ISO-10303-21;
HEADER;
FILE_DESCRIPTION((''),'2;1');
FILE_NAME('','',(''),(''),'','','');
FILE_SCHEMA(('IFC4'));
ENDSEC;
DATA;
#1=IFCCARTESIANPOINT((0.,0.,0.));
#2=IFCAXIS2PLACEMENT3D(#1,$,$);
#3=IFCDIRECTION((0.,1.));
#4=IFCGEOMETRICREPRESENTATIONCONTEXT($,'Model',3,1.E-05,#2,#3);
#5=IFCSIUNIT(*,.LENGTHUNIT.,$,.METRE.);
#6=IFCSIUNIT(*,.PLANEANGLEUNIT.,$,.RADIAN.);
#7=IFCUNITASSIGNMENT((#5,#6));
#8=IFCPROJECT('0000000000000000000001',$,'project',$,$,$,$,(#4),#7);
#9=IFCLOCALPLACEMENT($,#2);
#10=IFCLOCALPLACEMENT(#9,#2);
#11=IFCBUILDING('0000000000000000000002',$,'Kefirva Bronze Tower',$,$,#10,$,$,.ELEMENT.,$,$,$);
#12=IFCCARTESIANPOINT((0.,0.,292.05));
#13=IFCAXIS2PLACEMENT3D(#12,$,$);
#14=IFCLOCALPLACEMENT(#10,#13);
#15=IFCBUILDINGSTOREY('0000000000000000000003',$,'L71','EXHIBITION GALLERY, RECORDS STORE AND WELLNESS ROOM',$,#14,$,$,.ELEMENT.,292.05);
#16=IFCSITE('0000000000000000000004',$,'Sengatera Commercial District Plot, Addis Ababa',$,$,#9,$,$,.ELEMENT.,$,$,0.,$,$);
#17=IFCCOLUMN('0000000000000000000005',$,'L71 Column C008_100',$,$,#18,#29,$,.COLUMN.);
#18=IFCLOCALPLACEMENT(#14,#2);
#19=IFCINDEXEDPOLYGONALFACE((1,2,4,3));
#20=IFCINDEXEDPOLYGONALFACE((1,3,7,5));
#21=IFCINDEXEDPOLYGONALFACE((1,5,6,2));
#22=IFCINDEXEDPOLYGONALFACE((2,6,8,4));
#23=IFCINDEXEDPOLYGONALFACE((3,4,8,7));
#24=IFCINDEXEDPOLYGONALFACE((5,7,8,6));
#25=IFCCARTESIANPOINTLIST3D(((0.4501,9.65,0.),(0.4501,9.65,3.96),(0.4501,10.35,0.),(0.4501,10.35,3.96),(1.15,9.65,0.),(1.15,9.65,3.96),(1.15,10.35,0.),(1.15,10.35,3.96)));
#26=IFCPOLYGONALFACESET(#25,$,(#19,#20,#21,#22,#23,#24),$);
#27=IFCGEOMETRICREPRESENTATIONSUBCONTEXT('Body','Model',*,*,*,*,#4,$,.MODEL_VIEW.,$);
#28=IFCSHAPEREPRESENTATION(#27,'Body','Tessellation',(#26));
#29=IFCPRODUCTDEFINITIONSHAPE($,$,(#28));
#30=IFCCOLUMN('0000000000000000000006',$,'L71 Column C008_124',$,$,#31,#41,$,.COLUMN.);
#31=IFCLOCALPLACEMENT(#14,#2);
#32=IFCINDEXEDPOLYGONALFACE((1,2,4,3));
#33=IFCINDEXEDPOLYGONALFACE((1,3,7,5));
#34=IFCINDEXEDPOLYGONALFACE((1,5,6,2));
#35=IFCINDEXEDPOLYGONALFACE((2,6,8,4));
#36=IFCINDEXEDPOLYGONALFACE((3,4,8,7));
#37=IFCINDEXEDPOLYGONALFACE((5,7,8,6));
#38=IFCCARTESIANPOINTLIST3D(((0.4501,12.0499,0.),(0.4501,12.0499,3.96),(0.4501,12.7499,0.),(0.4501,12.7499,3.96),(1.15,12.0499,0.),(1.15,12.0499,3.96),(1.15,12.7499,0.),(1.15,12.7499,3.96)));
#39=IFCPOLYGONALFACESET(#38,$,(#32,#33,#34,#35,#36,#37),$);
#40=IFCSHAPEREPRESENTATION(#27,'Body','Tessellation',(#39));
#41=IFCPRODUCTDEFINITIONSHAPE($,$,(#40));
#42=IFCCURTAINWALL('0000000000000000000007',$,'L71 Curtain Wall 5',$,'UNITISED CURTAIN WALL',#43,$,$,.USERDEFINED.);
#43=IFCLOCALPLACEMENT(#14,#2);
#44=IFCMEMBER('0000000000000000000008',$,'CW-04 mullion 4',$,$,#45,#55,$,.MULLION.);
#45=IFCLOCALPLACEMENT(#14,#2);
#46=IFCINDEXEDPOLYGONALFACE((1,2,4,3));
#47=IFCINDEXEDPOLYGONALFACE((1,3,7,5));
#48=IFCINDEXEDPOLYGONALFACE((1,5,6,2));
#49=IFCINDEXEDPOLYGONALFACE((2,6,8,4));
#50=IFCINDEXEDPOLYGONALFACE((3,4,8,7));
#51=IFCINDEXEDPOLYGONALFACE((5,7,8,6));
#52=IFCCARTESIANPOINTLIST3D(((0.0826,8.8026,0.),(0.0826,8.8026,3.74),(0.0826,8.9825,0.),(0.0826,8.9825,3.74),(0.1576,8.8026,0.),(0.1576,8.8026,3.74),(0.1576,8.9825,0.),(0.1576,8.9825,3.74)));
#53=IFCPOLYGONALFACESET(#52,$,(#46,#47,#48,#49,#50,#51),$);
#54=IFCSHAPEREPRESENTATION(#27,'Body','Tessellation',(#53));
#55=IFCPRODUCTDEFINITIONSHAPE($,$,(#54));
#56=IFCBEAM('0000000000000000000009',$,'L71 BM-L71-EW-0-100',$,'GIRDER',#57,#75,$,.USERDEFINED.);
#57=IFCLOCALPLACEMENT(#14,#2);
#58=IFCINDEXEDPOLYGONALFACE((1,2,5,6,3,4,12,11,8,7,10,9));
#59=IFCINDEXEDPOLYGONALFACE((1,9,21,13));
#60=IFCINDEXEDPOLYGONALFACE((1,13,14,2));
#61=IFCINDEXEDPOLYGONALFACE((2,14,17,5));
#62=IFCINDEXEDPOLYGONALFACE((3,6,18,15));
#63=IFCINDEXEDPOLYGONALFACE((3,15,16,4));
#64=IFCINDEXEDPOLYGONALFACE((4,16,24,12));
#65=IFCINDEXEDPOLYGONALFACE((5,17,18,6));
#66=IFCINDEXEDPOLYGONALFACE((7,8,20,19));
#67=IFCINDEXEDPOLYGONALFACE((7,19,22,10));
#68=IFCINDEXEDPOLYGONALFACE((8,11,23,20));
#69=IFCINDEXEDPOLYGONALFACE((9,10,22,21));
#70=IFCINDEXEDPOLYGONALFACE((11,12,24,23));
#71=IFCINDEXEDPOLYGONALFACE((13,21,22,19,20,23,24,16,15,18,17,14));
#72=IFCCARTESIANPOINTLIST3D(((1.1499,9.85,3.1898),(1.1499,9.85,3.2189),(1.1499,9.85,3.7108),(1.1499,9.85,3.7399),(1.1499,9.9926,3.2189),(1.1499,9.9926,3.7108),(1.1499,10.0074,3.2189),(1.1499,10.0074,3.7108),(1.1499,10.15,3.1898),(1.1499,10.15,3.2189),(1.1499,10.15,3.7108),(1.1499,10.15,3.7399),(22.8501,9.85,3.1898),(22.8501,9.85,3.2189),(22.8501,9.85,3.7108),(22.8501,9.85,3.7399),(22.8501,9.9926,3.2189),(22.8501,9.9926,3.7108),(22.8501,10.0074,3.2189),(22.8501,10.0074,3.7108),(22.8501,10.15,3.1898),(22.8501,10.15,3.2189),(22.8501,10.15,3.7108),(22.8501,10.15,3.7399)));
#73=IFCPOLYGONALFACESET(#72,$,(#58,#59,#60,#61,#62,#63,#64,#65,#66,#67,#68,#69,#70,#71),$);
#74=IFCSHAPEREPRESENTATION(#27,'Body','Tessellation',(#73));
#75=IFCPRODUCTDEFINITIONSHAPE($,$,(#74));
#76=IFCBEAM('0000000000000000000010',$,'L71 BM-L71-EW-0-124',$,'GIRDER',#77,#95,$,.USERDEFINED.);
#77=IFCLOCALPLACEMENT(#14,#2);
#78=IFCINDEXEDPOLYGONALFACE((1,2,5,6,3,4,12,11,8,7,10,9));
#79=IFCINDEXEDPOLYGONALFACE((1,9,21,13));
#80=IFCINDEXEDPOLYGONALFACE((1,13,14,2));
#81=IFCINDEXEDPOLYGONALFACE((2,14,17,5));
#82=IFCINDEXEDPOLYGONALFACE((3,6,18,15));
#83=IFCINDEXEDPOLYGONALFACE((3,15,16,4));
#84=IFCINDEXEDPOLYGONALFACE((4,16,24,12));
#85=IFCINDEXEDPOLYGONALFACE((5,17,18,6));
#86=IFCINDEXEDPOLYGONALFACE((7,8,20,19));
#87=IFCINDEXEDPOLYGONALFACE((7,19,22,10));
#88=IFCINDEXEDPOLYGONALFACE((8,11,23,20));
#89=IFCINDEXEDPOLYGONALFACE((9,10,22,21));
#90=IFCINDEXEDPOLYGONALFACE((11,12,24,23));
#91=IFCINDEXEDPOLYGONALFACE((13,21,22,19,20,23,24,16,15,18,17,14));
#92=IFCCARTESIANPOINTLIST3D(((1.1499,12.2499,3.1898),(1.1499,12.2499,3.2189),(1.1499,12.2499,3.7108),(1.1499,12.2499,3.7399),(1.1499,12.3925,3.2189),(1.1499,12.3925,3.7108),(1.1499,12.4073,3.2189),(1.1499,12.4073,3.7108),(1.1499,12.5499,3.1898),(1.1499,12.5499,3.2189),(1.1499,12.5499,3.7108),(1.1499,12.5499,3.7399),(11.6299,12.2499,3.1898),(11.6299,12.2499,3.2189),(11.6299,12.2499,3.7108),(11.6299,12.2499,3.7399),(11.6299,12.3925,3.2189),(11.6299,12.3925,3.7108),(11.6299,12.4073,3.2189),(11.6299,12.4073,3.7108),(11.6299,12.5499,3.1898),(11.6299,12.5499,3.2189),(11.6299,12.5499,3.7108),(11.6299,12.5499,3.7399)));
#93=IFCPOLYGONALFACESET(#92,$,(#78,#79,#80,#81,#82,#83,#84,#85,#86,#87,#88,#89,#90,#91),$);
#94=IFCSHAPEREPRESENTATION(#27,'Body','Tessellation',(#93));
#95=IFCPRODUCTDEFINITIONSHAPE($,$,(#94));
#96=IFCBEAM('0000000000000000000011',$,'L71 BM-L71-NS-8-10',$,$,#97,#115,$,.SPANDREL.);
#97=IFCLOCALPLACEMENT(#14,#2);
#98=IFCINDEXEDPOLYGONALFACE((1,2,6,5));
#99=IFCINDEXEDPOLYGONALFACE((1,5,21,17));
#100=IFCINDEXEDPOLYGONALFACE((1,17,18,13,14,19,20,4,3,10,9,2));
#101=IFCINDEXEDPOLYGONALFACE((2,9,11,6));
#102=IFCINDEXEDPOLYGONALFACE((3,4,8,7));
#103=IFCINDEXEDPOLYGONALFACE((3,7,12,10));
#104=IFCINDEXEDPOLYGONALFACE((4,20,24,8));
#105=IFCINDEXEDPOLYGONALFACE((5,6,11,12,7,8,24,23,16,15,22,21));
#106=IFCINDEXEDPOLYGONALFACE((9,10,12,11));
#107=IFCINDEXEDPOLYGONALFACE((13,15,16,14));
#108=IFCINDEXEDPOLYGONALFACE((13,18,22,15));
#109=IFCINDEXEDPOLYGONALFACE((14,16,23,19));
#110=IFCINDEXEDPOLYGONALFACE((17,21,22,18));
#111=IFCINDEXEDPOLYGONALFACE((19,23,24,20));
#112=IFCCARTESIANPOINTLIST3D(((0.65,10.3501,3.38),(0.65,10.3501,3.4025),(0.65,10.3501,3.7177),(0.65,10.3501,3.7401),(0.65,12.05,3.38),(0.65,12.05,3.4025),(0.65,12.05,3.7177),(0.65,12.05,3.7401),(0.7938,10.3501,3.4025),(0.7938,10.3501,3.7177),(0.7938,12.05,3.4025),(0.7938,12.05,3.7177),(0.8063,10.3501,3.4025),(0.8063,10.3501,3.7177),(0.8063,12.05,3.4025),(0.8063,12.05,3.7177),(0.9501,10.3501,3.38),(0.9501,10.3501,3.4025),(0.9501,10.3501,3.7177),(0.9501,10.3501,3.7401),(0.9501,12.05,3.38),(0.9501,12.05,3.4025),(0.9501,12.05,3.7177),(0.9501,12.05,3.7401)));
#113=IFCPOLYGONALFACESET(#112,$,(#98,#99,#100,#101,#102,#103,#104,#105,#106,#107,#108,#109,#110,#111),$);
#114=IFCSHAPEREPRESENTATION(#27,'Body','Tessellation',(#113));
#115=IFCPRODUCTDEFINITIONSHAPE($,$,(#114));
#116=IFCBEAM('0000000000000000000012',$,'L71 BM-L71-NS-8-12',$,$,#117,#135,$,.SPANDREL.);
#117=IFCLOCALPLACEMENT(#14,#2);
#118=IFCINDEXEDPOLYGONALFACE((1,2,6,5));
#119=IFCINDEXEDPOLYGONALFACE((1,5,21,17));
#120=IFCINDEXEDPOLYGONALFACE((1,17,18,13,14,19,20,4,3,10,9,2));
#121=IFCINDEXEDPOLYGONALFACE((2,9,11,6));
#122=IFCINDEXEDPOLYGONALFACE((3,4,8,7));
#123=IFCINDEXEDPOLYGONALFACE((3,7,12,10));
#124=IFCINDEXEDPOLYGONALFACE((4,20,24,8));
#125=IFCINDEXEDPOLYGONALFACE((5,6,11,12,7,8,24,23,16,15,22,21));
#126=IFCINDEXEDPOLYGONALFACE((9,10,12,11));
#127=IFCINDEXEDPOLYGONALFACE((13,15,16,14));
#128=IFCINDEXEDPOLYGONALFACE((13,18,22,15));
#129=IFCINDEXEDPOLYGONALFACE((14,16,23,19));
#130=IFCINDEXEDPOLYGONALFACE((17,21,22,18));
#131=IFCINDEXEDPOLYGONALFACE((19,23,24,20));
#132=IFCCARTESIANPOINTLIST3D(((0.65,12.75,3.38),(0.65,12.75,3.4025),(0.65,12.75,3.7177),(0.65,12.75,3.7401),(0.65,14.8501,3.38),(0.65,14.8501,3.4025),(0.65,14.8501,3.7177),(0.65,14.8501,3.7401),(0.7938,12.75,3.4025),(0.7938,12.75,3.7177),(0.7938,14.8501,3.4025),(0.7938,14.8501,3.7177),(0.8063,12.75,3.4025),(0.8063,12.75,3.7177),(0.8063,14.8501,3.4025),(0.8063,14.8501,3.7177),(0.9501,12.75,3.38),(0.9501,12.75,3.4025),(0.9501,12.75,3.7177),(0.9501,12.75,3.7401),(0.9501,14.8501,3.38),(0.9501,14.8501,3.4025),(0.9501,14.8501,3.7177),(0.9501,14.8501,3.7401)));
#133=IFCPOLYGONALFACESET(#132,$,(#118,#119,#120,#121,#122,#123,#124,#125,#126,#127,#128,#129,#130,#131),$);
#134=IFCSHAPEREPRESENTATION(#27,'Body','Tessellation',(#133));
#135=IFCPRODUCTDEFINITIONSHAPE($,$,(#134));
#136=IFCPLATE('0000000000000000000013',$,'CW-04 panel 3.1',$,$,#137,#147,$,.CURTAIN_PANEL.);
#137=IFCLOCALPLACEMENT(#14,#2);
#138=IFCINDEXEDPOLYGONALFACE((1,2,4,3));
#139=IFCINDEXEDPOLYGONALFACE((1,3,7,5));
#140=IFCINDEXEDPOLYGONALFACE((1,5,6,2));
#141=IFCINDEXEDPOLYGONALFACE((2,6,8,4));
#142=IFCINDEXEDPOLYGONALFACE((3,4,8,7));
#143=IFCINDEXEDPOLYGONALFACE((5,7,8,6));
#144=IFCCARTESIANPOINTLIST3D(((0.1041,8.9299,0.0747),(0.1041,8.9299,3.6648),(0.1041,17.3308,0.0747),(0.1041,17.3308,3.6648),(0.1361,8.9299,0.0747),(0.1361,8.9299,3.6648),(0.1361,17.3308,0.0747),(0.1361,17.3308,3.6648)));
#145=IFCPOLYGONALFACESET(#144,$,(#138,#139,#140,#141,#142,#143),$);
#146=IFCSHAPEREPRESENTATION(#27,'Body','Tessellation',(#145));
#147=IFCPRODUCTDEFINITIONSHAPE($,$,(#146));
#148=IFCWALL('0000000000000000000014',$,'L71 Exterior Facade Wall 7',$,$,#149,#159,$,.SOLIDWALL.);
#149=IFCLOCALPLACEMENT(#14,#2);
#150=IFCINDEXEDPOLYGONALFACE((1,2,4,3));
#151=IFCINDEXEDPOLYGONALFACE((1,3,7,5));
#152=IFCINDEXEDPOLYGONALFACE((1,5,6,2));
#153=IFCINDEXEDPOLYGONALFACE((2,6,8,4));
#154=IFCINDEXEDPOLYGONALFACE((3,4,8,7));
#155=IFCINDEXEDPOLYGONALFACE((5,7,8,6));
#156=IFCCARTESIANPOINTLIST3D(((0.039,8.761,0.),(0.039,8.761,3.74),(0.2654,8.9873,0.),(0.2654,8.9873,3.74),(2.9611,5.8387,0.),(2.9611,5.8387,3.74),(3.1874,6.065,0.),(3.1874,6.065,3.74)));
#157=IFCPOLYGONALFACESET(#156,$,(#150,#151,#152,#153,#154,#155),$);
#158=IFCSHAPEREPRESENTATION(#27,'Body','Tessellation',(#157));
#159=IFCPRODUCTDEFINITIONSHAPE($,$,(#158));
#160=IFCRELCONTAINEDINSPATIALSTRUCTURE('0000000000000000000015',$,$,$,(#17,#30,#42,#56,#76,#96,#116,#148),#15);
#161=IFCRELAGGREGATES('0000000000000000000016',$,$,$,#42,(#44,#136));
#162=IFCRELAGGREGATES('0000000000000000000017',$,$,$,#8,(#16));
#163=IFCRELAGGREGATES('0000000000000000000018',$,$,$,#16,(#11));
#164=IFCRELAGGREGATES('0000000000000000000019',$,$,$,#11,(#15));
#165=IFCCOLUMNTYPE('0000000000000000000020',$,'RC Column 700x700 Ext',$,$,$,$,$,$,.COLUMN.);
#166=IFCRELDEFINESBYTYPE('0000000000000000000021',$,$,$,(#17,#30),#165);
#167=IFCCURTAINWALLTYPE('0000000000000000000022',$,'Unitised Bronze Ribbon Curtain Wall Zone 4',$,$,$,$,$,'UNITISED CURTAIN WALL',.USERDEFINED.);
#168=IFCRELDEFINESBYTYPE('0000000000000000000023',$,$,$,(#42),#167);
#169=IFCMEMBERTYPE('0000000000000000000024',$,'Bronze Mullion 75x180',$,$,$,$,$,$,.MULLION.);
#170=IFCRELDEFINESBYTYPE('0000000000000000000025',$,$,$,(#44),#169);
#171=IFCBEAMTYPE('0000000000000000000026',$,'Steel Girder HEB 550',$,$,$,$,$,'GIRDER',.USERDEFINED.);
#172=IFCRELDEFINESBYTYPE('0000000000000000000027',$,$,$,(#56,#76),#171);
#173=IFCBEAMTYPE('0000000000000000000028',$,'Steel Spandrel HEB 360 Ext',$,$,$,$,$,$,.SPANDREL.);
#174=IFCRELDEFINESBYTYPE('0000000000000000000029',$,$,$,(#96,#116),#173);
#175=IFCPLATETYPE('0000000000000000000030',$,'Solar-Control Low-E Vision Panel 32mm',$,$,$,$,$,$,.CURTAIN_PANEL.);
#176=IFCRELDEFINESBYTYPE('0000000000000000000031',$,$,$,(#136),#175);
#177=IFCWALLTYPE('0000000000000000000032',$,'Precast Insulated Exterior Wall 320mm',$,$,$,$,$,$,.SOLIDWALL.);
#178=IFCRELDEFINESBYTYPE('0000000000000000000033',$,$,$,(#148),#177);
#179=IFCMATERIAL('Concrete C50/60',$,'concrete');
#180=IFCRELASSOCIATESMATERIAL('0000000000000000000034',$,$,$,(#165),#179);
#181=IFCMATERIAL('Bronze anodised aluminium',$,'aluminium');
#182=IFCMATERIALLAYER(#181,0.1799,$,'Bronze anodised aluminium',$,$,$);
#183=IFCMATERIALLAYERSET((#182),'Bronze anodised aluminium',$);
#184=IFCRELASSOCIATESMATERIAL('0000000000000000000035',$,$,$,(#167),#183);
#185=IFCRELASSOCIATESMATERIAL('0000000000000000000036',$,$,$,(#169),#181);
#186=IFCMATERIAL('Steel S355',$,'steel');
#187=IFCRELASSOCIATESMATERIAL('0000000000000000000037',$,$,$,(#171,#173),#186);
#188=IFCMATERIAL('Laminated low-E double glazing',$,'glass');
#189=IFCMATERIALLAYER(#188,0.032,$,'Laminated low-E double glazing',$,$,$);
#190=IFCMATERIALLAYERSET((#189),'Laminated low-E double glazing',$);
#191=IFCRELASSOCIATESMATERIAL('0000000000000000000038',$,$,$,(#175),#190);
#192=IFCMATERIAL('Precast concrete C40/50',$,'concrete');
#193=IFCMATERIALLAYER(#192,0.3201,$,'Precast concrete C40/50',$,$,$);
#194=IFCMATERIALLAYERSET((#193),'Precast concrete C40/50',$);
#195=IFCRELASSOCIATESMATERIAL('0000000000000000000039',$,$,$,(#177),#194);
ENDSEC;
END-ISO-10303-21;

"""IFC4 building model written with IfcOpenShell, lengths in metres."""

from ifc_helpers import new_model, si_unit, direction, frame, frame_2d, origin, origin_2d, place, context, subcontext, project, spatial, rectangle, i_section, extrude, material, layer, layer_set, material_profile, profile_set, type_object, element, aggregate, save


model = new_model("IFC4")

# Units and contexts
model_context = context("Model", 3, precision=1e-05, world=origin(), true_north=direction((0.0, 1.0)))
body_context = subcontext(model_context, "Body", "Model", "MODEL_VIEW")
ifc_project = project(units=[si_unit("LENGTHUNIT", "METRE"), si_unit("PLANEANGLEUNIT", "RADIAN")], contexts=[model_context])

# Site, building, storey
site_placement = place(None, origin())
site = spatial("IfcSite", under=ifc_project, at=site_placement, Name="Sengatera Commercial District Plot, Addis Ababa", CompositionType="ELEMENT", RefElevation=0.0)
building_placement = place(site_placement, origin())
building = spatial("IfcBuilding", under=site, at=building_placement, Name="Kefirva Bronze Tower", CompositionType="ELEMENT")
storey_placement = place(building_placement, frame((0.0, 0.0, 292.05)))
storey = spatial("IfcBuildingStorey", under=building, at=storey_placement, Name="L71", Description="EXHIBITION GALLERY, RECORDS STORE AND WELLNESS ROOM", CompositionType="ELEMENT", Elevation=292.05)

# Columns
ifc_material_1 = material(Name="Concrete C50/60", Category="concrete")
ifc_material_profile_1 = material_profile(ifc_material_1, rectangle(XDim=0.7, YDim=0.7, at=origin_2d()), Name="RC 700x700")
ifc_profile_set_1 = profile_set([ifc_material_profile_1], Name="Concrete C50/60")
column_type = type_object("IfcColumnType", Name="RC Column 700x700 Ext", PredefinedType="COLUMN", material=ifc_profile_set_1)
for number, where, z_axis, x_axis, name in (
    (1, (0.8, 10.0, 0.0), (0.0, 0.0, 1.0), (1.0, 0.0, 0.0), "L71 Column C008_100"),
    (2, (0.8, 12.3999, 0.0), (0.0, 0.0, 1.0), (1.0, 0.0, 0.0), "L71 Column C008_124"),
):
    element("IfcColumn", number, at=place(storey_placement, frame(where, z_axis=z_axis, x_axis=x_axis)), inside=storey, type_object=column_type, Name=name, PredefinedType="COLUMN", context=body_context, shape_type="SweptSolid", body=[
        extrude(rectangle(XDim=0.7, YDim=0.7, at=origin_2d()), origin(), (0.0, 0.0, 1.0), 3.96),
    ])

# Curtain wall, member
ifc_material_2 = material(Name="Bronze anodised aluminium", Category="aluminium")
ifc_layer_1 = layer(ifc_material_2, 0.1799, Name="Bronze anodised aluminium")
ifc_layer_set_1 = layer_set([ifc_layer_1], Name="Bronze anodised aluminium")
curtain_wall_type = type_object("IfcCurtainWallType", Name="Unitised Bronze Ribbon Curtain Wall Zone 4", ElementType="UNITISED CURTAIN WALL", PredefinedType="USERDEFINED", material=ifc_layer_set_1)
curtain_wall_placement = place(storey_placement, origin())
curtain_wall = element("IfcCurtainWall", 3, at=curtain_wall_placement, inside=storey, type_object=curtain_wall_type, Name="L71 Curtain Wall 5", ObjectType="UNITISED CURTAIN WALL", PredefinedType="USERDEFINED")
ifc_material_profile_2 = material_profile(ifc_material_2, rectangle(XDim=0.075, YDim=0.1799, at=origin_2d()), Name="ALU 75x180")
ifc_profile_set_2 = profile_set([ifc_material_profile_2], Name="Bronze anodised aluminium")
member_type = type_object("IfcMemberType", Name="Bronze Mullion 75x180", PredefinedType="MULLION", material=ifc_profile_set_2)
member_placement = place(storey_placement, frame((0.1201, 8.8926, 0.0), z_axis=(0.0, 0.0, 1.0), x_axis=(1.0, 0.0, 0.0)))
member = element("IfcMember", 4, at=member_placement, type_object=member_type, Name="CW-04 mullion 4", PredefinedType="MULLION", context=body_context, shape_type="SweptSolid", body=[
    extrude(rectangle(XDim=0.075, YDim=0.1799, at=origin_2d()), origin(), (0.0, 0.0, 1.0), 3.74),
])

# Beams
ifc_material_3 = material(Name="Steel S355", Category="steel")
ifc_material_profile_3 = material_profile(ifc_material_3, i_section(OverallWidth=0.3, OverallDepth=0.55, WebThickness=0.0149, FlangeThickness=0.0291, at=origin_2d()), Name="HEB 550")
ifc_profile_set_3 = profile_set([ifc_material_profile_3], Name="Steel S355")
beam_type_1 = type_object("IfcBeamType", Name="Steel Girder HEB 550", ElementType="GIRDER", PredefinedType="USERDEFINED", material=ifc_profile_set_3)
beam_1_placement = place(storey_placement, frame((1.1499, 10.0, 3.4648), z_axis=(1.0, 0.0, 0.0), x_axis=(0.0, 1.0, 0.0)))
element("IfcBeam", 5, at=beam_1_placement, inside=storey, type_object=beam_type_1, Name="L71 BM-L71-EW-0-100", ObjectType="GIRDER", PredefinedType="USERDEFINED", context=body_context, shape_type="SweptSolid", body=[
    extrude(i_section(OverallWidth=0.3, OverallDepth=0.55, WebThickness=0.0149, FlangeThickness=0.0291, at=origin_2d()), origin(), (0.0, 0.0, 1.0), 21.7002),
])
beam_2_placement = place(storey_placement, frame((1.1499, 12.3999, 3.4648), z_axis=(1.0, 0.0, 0.0), x_axis=(0.0, 1.0, 0.0)))
element("IfcBeam", 6, at=beam_2_placement, inside=storey, type_object=beam_type_1, Name="L71 BM-L71-EW-0-124", ObjectType="GIRDER", PredefinedType="USERDEFINED", context=body_context, shape_type="SweptSolid", body=[
    extrude(i_section(OverallWidth=0.3, OverallDepth=0.55, WebThickness=0.0149, FlangeThickness=0.0291, at=origin_2d()), origin(), (0.0, 0.0, 1.0), 10.48),
])
ifc_material_profile_4 = material_profile(ifc_material_3, i_section(OverallWidth=0.3, OverallDepth=0.3601, WebThickness=0.0125, FlangeThickness=0.0225, at=origin_2d()), Name="HEB 360")
ifc_profile_set_4 = profile_set([ifc_material_profile_4], Name="Steel S355")
beam_type_2 = type_object("IfcBeamType", Name="Steel Spandrel HEB 360 Ext", PredefinedType="SPANDREL", material=ifc_profile_set_4)
beam_3_placement = place(storey_placement, frame((0.8, 10.3501, 3.5601), z_axis=(0.0, 1.0, 0.0), x_axis=(-1.0, 0.0, 0.0)))
element("IfcBeam", 7, at=beam_3_placement, inside=storey, type_object=beam_type_2, Name="L71 BM-L71-NS-8-10", PredefinedType="SPANDREL", context=body_context, shape_type="SweptSolid", body=[
    extrude(i_section(OverallWidth=0.3, OverallDepth=0.3601, WebThickness=0.0125, FlangeThickness=0.0225, at=origin_2d()), origin(), (0.0, 0.0, 1.0), 1.7),
])
beam_4_placement = place(storey_placement, frame((0.8, 12.75, 3.5601), z_axis=(0.0, 1.0, 0.0), x_axis=(-1.0, 0.0, 0.0)))
element("IfcBeam", 8, at=beam_4_placement, inside=storey, type_object=beam_type_2, Name="L71 BM-L71-NS-8-12", PredefinedType="SPANDREL", context=body_context, shape_type="SweptSolid", body=[
    extrude(i_section(OverallWidth=0.3, OverallDepth=0.3601, WebThickness=0.0125, FlangeThickness=0.0225, at=origin_2d()), origin(), (0.0, 0.0, 1.0), 2.1001),
])

# Plate
ifc_material_4 = material(Name="Laminated low-E double glazing", Category="glass")
ifc_layer_2 = layer(ifc_material_4, 0.032, Name="Laminated low-E double glazing")
ifc_layer_set_2 = layer_set([ifc_layer_2], Name="Laminated low-E double glazing")
plate_type = type_object("IfcPlateType", Name="Solar-Control Low-E Vision Panel 32mm", PredefinedType="CURTAIN_PANEL", material=ifc_layer_set_2)
plate_placement = place(storey_placement, frame((0.1201, 13.1304, 0.0747), z_axis=(0.0, 0.0, 1.0), x_axis=(0.0, -1.0, 0.0)))
plate = element("IfcPlate", 9, at=plate_placement, type_object=plate_type, Name="CW-04 panel 3.1", PredefinedType="CURTAIN_PANEL", context=body_context, shape_type="SweptSolid", body=[
    extrude(rectangle(XDim=8.4009, YDim=0.032, at=origin_2d()), origin(), (0.0, 0.0, 1.0), 3.5901),
])
aggregate(curtain_wall, [member, plate])

# Wall
ifc_material_5 = material(Name="Precast concrete C40/50", Category="concrete")
ifc_layer_3 = layer(ifc_material_5, 0.3201, Name="Precast concrete C40/50")
ifc_layer_set_3 = layer_set([ifc_layer_3], Name="Precast concrete C40/50")
wall_type_1 = type_object("IfcWallType", Name="Precast Insulated Exterior Wall 320mm", PredefinedType="SOLIDWALL", material=ifc_layer_set_3)
wall_1_placement = place(storey_placement, frame((0.1521, 8.8743, 0.0), z_axis=(0.0, 0.0, 1.0), x_axis=(0.707077, -0.707136, 0.0)))
element("IfcWall", 10, at=wall_1_placement, inside=storey, type_object=wall_type_1, Name="L71 Exterior Facade Wall 7", PredefinedType="SOLIDWALL", context=body_context, shape_type="SweptSolid", body=[
    extrude(rectangle(XDim=4.1326, YDim=0.3201, at=frame_2d((2.0664, 0.0))), origin(), (0.0, 0.0, 1.0), 3.74),
])

save(model, "model.ifc")
